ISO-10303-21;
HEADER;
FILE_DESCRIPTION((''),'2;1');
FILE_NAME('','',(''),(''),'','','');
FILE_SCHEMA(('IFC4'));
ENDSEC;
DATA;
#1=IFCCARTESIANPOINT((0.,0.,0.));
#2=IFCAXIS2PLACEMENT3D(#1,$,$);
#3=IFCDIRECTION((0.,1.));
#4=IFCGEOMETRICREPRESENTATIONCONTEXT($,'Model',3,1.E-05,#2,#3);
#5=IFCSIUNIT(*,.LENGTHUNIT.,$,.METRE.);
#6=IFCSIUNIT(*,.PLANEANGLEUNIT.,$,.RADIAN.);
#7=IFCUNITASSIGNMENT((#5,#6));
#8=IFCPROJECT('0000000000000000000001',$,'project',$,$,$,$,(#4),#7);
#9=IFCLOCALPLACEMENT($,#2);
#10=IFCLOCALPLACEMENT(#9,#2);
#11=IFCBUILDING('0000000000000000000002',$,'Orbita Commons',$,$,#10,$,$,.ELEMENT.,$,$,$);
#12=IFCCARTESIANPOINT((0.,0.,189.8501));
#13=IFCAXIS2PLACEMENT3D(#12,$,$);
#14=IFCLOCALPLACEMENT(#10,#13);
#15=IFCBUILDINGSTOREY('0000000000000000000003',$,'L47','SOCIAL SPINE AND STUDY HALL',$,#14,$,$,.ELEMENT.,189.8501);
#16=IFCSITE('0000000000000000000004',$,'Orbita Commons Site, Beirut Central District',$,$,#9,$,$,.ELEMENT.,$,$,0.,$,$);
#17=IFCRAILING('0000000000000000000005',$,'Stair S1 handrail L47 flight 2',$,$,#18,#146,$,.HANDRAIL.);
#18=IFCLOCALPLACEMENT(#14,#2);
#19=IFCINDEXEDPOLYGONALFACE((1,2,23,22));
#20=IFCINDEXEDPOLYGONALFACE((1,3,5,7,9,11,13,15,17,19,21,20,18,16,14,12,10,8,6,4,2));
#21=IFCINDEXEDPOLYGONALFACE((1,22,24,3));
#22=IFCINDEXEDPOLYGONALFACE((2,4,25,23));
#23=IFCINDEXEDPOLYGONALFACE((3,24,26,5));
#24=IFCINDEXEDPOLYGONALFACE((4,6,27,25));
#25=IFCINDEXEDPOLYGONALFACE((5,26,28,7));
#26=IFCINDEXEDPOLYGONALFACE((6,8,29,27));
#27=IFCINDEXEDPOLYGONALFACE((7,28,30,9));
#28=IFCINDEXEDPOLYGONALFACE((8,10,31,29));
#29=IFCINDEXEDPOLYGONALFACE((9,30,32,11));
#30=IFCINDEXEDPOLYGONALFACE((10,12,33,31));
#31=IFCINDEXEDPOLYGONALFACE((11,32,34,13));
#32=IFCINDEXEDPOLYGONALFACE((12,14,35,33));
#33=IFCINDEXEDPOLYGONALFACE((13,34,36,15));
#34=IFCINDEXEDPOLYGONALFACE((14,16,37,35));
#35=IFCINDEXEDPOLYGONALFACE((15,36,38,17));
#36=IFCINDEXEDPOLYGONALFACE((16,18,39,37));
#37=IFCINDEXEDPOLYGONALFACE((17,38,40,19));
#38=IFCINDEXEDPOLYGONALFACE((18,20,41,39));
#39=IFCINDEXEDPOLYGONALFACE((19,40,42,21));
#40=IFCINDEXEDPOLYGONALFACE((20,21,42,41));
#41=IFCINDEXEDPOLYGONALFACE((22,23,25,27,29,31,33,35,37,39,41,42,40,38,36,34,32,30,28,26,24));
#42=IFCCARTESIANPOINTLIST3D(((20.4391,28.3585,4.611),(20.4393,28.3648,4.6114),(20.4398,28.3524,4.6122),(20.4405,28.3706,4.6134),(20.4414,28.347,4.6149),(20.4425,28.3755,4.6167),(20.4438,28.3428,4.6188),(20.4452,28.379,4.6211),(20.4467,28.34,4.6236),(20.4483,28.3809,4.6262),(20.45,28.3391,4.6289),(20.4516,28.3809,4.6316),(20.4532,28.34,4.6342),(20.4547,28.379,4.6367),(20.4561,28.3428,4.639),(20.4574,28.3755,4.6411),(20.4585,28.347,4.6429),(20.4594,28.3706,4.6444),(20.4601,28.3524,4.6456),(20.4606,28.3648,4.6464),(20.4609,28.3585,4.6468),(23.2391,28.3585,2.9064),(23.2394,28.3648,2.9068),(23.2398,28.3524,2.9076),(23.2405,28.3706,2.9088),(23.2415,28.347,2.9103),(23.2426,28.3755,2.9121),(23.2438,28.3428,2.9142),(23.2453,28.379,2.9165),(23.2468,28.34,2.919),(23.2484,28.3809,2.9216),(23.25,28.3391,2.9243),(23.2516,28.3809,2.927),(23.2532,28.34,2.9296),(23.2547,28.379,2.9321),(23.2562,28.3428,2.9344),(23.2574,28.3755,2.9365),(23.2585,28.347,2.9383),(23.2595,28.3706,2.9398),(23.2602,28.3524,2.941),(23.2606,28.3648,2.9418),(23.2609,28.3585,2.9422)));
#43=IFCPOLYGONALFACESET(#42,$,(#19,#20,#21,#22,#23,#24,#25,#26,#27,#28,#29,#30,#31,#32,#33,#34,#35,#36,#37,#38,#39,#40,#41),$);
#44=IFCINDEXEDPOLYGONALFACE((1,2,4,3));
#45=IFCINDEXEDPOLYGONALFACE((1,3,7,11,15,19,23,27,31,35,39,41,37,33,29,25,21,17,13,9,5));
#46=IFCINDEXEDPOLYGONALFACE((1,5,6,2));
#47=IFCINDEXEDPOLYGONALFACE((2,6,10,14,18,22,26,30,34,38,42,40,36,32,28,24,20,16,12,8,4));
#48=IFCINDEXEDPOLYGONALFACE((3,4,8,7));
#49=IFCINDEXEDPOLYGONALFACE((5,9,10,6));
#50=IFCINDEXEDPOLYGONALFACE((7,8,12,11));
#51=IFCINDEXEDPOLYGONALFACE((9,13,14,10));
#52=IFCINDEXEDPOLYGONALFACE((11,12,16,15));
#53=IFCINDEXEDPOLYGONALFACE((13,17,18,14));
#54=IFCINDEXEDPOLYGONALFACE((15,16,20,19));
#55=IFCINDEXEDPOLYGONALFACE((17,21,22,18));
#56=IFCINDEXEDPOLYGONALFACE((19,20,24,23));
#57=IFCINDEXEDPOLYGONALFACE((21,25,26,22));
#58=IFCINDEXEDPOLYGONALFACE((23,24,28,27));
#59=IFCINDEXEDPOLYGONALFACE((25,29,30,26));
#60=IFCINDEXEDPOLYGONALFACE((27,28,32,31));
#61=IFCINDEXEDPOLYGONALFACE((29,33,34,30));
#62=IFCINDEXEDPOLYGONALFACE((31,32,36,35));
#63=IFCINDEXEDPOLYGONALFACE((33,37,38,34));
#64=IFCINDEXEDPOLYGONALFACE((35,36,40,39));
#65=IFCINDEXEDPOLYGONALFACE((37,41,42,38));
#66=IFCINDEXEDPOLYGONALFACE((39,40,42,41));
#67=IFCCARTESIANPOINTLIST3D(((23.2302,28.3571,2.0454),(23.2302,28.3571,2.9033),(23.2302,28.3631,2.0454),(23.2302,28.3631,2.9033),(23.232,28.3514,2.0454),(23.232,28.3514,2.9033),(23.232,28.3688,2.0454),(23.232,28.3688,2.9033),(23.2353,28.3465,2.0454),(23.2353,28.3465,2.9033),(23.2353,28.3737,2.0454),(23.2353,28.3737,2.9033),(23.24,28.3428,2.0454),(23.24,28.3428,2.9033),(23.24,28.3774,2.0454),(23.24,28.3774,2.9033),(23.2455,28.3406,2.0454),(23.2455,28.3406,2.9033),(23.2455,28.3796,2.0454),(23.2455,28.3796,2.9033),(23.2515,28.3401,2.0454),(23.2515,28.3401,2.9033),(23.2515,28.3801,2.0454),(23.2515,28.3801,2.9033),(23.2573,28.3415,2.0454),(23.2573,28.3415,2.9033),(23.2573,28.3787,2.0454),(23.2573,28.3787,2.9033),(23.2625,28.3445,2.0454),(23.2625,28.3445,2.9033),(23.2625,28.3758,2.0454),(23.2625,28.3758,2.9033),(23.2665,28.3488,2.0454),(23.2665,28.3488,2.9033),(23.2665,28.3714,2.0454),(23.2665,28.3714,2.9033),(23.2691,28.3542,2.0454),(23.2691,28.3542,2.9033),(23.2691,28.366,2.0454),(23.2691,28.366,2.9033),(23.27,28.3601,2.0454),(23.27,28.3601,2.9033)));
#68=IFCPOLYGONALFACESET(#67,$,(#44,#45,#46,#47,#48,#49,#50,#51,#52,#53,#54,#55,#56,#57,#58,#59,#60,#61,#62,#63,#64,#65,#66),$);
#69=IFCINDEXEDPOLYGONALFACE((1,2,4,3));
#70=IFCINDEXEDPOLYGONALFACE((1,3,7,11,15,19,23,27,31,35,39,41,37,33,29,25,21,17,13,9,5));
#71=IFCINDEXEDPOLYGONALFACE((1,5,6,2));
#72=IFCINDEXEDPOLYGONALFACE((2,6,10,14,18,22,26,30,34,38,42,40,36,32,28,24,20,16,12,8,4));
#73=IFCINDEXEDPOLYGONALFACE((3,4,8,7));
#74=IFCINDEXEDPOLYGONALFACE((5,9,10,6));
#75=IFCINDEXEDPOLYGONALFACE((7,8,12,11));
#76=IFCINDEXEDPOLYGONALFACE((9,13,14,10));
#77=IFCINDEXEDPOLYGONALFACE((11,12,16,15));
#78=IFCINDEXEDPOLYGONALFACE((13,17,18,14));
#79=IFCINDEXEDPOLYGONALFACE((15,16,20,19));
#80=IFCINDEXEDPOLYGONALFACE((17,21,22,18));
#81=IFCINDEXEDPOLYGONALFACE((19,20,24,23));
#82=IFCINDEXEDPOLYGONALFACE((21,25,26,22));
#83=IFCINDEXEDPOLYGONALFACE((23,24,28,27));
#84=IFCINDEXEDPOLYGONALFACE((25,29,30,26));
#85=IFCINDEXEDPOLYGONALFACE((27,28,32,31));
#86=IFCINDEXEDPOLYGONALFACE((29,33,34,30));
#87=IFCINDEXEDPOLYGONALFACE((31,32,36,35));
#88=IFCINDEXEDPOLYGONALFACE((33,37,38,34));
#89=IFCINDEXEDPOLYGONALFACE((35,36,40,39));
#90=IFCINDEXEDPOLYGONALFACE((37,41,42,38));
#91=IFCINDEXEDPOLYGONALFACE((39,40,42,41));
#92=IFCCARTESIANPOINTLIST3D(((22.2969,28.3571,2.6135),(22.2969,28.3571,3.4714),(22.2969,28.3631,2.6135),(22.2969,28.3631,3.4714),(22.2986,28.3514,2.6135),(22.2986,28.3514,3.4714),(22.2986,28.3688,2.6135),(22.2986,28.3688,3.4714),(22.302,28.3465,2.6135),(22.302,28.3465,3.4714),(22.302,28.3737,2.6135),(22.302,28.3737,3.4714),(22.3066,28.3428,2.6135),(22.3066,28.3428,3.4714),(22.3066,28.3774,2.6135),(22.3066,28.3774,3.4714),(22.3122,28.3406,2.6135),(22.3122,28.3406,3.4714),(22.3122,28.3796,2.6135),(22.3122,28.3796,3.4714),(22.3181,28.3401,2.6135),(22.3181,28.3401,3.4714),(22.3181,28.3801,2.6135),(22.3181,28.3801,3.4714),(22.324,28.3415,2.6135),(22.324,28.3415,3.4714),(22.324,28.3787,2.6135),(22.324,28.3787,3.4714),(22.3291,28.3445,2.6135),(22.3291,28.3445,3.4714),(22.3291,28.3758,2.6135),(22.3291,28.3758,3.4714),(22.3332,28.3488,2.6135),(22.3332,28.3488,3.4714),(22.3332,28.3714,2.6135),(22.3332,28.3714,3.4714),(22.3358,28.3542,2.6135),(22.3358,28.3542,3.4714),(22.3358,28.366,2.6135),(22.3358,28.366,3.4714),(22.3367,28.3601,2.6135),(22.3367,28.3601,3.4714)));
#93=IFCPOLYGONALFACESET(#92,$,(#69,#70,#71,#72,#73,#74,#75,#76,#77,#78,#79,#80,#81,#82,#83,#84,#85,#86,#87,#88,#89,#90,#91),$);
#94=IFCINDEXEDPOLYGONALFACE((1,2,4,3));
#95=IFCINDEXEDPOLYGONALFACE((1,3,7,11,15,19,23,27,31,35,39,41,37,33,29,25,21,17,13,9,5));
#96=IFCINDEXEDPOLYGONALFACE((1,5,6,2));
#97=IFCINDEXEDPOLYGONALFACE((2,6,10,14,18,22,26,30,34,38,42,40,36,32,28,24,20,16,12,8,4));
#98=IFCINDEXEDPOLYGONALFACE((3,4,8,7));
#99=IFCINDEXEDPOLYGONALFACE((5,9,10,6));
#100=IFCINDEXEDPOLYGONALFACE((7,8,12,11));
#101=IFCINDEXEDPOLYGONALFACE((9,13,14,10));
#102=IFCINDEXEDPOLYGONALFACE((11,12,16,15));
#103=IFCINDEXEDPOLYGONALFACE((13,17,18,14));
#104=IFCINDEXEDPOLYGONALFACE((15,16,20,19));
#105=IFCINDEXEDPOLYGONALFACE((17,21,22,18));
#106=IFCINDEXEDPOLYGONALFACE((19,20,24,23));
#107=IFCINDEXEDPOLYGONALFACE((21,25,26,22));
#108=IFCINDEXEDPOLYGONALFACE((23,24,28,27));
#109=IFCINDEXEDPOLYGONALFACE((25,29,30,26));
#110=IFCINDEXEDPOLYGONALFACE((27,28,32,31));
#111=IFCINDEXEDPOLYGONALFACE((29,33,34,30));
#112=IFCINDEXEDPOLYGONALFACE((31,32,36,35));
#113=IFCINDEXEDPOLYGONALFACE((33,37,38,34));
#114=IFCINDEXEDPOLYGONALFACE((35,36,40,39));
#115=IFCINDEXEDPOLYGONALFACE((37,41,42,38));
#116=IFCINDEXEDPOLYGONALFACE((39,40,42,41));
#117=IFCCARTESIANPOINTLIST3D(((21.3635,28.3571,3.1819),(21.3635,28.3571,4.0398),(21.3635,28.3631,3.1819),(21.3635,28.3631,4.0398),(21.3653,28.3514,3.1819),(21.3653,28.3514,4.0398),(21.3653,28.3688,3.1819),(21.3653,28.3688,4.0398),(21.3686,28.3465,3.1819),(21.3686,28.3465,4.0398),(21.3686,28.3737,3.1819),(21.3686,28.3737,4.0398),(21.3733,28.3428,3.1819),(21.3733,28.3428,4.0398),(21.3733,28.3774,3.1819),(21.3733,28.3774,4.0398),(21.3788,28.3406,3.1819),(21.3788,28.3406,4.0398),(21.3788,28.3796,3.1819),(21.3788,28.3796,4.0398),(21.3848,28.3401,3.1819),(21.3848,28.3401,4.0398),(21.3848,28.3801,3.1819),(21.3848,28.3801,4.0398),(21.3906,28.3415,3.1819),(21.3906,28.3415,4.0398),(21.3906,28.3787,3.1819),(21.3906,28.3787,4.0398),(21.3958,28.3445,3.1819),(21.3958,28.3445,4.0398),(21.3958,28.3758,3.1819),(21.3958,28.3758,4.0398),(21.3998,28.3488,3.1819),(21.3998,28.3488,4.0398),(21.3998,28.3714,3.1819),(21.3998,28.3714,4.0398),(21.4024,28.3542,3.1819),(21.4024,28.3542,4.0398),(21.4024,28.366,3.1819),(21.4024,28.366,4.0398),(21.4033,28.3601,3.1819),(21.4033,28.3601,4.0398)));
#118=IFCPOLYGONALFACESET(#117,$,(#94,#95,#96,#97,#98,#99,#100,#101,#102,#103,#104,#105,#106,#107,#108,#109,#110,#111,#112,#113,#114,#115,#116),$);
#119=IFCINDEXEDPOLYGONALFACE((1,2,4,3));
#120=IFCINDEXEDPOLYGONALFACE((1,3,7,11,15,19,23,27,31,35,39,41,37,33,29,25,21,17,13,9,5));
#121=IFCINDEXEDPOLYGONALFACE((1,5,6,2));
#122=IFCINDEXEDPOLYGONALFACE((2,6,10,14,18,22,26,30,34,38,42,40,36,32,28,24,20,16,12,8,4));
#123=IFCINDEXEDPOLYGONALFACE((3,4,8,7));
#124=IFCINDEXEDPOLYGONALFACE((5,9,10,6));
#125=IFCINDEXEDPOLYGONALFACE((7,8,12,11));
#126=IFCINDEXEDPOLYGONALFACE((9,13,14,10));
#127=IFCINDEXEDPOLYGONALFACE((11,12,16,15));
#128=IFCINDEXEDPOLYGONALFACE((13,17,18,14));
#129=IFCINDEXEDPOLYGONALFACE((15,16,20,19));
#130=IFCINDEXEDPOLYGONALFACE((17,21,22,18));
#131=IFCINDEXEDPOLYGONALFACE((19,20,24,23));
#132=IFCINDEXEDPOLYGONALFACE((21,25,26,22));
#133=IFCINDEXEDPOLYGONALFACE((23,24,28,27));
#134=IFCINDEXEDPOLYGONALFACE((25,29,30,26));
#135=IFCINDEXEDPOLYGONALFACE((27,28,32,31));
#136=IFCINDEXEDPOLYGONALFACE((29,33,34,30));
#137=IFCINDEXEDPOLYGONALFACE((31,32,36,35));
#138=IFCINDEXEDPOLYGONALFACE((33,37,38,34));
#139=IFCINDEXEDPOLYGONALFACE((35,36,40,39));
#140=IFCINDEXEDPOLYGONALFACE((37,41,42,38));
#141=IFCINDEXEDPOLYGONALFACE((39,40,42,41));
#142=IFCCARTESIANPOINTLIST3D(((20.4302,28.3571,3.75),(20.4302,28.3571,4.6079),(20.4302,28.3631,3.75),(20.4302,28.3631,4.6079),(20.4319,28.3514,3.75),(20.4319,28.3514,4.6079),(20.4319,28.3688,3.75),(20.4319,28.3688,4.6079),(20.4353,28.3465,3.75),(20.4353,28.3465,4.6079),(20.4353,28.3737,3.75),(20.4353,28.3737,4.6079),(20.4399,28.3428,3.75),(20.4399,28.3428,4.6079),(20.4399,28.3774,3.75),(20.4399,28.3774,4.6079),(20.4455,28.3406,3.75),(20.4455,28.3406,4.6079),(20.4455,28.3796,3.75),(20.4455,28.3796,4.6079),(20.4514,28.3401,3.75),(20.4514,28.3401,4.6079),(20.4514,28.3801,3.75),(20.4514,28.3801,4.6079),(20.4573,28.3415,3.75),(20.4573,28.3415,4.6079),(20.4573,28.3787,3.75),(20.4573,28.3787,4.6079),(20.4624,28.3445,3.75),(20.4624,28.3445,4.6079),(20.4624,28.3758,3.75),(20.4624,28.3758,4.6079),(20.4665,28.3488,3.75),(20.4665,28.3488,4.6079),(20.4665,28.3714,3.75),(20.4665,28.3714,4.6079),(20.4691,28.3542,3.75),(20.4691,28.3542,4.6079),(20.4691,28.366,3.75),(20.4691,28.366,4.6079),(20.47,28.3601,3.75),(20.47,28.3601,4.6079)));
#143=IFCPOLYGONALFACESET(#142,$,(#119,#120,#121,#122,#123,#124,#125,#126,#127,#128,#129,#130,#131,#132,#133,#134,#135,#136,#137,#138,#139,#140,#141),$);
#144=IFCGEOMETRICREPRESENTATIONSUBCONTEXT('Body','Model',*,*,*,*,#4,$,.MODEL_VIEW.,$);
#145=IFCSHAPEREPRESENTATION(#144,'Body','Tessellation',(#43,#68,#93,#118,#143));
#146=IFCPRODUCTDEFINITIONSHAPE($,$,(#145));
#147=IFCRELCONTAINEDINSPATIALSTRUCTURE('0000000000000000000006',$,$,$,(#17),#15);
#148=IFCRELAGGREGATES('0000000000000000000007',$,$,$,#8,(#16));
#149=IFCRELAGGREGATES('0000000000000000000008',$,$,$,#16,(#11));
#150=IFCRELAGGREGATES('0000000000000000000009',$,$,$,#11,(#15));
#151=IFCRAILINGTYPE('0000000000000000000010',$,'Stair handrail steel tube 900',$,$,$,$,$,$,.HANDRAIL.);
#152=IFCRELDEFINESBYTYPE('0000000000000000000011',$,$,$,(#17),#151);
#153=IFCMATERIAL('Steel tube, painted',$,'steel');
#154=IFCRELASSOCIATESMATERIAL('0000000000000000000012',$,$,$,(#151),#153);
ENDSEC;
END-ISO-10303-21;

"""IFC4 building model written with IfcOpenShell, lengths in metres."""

from ifc_helpers import new_model, si_unit, direction, frame, origin, origin_2d, place, context, subcontext, project, spatial, circle, extrude, material, type_object, element, save


model = new_model("IFC4")

# Units and contexts
model_context = context("Model", 3, precision=1e-05, world=origin(), true_north=direction((0.0, 1.0)))
body_context = subcontext(model_context, "Body", "Model", "MODEL_VIEW")
ifc_project = project(units=[si_unit("LENGTHUNIT", "METRE"), si_unit("PLANEANGLEUNIT", "RADIAN")], contexts=[model_context])

# Site, building, storey
site_placement = place(None, origin())
site = spatial("IfcSite", under=ifc_project, at=site_placement, Name="Orbita Commons Site, Beirut Central District", CompositionType="ELEMENT", RefElevation=0.0)
building_placement = place(site_placement, origin())
building = spatial("IfcBuilding", under=site, at=building_placement, Name="Orbita Commons", CompositionType="ELEMENT")
storey_placement = place(building_placement, frame((0.0, 0.0, 189.8501)))
storey = spatial("IfcBuildingStorey", under=building, at=storey_placement, Name="L47", Description="SOCIAL SPINE AND STUDY HALL", CompositionType="ELEMENT", Elevation=189.8501)

# Railing
ifc_material = material(Name="Steel tube, painted", Category="steel")
railing_type = type_object("IfcRailingType", Name="Stair handrail steel tube 900", PredefinedType="HANDRAIL", material=ifc_material)
for number, where, name in (
    (1, (23.25, 28.3601, 2.0454), "Stair S1 handrail L47 flight 2"),
):
    element("IfcRailing", number, at=place(storey_placement, frame(where)), inside=storey, type_object=railing_type, Name=name, PredefinedType="HANDRAIL", context=body_context, shape_type="SweptSolid", body=[
        extrude(circle(Radius=0.021, at=origin_2d()), frame((0.0, 0.0, 0.8789), z_axis=(-0.85417, 0.0, 0.519994), x_axis=(0.0, -1.0, 0.0)), (0.0, 0.0, 1.0), 3.2781),
        extrude(circle(Radius=0.02, at=origin_2d()), origin(), (0.0, 0.0, 1.0), 0.8579),
        extrude(circle(Radius=0.02, at=origin_2d()), frame((-0.9333, 0.0, 0.5681)), (0.0, 0.0, 1.0), 0.8579),
        extrude(circle(Radius=0.02, at=origin_2d()), frame((-1.8667, 0.0, 1.1365)), (0.0, 0.0, 1.0), 0.8579),
        extrude(circle(Radius=0.02, at=origin_2d()), frame((-2.8, 0.0, 1.7046)), (0.0, 0.0, 1.0), 0.8579),
    ])

save(model, "model.ifc")
